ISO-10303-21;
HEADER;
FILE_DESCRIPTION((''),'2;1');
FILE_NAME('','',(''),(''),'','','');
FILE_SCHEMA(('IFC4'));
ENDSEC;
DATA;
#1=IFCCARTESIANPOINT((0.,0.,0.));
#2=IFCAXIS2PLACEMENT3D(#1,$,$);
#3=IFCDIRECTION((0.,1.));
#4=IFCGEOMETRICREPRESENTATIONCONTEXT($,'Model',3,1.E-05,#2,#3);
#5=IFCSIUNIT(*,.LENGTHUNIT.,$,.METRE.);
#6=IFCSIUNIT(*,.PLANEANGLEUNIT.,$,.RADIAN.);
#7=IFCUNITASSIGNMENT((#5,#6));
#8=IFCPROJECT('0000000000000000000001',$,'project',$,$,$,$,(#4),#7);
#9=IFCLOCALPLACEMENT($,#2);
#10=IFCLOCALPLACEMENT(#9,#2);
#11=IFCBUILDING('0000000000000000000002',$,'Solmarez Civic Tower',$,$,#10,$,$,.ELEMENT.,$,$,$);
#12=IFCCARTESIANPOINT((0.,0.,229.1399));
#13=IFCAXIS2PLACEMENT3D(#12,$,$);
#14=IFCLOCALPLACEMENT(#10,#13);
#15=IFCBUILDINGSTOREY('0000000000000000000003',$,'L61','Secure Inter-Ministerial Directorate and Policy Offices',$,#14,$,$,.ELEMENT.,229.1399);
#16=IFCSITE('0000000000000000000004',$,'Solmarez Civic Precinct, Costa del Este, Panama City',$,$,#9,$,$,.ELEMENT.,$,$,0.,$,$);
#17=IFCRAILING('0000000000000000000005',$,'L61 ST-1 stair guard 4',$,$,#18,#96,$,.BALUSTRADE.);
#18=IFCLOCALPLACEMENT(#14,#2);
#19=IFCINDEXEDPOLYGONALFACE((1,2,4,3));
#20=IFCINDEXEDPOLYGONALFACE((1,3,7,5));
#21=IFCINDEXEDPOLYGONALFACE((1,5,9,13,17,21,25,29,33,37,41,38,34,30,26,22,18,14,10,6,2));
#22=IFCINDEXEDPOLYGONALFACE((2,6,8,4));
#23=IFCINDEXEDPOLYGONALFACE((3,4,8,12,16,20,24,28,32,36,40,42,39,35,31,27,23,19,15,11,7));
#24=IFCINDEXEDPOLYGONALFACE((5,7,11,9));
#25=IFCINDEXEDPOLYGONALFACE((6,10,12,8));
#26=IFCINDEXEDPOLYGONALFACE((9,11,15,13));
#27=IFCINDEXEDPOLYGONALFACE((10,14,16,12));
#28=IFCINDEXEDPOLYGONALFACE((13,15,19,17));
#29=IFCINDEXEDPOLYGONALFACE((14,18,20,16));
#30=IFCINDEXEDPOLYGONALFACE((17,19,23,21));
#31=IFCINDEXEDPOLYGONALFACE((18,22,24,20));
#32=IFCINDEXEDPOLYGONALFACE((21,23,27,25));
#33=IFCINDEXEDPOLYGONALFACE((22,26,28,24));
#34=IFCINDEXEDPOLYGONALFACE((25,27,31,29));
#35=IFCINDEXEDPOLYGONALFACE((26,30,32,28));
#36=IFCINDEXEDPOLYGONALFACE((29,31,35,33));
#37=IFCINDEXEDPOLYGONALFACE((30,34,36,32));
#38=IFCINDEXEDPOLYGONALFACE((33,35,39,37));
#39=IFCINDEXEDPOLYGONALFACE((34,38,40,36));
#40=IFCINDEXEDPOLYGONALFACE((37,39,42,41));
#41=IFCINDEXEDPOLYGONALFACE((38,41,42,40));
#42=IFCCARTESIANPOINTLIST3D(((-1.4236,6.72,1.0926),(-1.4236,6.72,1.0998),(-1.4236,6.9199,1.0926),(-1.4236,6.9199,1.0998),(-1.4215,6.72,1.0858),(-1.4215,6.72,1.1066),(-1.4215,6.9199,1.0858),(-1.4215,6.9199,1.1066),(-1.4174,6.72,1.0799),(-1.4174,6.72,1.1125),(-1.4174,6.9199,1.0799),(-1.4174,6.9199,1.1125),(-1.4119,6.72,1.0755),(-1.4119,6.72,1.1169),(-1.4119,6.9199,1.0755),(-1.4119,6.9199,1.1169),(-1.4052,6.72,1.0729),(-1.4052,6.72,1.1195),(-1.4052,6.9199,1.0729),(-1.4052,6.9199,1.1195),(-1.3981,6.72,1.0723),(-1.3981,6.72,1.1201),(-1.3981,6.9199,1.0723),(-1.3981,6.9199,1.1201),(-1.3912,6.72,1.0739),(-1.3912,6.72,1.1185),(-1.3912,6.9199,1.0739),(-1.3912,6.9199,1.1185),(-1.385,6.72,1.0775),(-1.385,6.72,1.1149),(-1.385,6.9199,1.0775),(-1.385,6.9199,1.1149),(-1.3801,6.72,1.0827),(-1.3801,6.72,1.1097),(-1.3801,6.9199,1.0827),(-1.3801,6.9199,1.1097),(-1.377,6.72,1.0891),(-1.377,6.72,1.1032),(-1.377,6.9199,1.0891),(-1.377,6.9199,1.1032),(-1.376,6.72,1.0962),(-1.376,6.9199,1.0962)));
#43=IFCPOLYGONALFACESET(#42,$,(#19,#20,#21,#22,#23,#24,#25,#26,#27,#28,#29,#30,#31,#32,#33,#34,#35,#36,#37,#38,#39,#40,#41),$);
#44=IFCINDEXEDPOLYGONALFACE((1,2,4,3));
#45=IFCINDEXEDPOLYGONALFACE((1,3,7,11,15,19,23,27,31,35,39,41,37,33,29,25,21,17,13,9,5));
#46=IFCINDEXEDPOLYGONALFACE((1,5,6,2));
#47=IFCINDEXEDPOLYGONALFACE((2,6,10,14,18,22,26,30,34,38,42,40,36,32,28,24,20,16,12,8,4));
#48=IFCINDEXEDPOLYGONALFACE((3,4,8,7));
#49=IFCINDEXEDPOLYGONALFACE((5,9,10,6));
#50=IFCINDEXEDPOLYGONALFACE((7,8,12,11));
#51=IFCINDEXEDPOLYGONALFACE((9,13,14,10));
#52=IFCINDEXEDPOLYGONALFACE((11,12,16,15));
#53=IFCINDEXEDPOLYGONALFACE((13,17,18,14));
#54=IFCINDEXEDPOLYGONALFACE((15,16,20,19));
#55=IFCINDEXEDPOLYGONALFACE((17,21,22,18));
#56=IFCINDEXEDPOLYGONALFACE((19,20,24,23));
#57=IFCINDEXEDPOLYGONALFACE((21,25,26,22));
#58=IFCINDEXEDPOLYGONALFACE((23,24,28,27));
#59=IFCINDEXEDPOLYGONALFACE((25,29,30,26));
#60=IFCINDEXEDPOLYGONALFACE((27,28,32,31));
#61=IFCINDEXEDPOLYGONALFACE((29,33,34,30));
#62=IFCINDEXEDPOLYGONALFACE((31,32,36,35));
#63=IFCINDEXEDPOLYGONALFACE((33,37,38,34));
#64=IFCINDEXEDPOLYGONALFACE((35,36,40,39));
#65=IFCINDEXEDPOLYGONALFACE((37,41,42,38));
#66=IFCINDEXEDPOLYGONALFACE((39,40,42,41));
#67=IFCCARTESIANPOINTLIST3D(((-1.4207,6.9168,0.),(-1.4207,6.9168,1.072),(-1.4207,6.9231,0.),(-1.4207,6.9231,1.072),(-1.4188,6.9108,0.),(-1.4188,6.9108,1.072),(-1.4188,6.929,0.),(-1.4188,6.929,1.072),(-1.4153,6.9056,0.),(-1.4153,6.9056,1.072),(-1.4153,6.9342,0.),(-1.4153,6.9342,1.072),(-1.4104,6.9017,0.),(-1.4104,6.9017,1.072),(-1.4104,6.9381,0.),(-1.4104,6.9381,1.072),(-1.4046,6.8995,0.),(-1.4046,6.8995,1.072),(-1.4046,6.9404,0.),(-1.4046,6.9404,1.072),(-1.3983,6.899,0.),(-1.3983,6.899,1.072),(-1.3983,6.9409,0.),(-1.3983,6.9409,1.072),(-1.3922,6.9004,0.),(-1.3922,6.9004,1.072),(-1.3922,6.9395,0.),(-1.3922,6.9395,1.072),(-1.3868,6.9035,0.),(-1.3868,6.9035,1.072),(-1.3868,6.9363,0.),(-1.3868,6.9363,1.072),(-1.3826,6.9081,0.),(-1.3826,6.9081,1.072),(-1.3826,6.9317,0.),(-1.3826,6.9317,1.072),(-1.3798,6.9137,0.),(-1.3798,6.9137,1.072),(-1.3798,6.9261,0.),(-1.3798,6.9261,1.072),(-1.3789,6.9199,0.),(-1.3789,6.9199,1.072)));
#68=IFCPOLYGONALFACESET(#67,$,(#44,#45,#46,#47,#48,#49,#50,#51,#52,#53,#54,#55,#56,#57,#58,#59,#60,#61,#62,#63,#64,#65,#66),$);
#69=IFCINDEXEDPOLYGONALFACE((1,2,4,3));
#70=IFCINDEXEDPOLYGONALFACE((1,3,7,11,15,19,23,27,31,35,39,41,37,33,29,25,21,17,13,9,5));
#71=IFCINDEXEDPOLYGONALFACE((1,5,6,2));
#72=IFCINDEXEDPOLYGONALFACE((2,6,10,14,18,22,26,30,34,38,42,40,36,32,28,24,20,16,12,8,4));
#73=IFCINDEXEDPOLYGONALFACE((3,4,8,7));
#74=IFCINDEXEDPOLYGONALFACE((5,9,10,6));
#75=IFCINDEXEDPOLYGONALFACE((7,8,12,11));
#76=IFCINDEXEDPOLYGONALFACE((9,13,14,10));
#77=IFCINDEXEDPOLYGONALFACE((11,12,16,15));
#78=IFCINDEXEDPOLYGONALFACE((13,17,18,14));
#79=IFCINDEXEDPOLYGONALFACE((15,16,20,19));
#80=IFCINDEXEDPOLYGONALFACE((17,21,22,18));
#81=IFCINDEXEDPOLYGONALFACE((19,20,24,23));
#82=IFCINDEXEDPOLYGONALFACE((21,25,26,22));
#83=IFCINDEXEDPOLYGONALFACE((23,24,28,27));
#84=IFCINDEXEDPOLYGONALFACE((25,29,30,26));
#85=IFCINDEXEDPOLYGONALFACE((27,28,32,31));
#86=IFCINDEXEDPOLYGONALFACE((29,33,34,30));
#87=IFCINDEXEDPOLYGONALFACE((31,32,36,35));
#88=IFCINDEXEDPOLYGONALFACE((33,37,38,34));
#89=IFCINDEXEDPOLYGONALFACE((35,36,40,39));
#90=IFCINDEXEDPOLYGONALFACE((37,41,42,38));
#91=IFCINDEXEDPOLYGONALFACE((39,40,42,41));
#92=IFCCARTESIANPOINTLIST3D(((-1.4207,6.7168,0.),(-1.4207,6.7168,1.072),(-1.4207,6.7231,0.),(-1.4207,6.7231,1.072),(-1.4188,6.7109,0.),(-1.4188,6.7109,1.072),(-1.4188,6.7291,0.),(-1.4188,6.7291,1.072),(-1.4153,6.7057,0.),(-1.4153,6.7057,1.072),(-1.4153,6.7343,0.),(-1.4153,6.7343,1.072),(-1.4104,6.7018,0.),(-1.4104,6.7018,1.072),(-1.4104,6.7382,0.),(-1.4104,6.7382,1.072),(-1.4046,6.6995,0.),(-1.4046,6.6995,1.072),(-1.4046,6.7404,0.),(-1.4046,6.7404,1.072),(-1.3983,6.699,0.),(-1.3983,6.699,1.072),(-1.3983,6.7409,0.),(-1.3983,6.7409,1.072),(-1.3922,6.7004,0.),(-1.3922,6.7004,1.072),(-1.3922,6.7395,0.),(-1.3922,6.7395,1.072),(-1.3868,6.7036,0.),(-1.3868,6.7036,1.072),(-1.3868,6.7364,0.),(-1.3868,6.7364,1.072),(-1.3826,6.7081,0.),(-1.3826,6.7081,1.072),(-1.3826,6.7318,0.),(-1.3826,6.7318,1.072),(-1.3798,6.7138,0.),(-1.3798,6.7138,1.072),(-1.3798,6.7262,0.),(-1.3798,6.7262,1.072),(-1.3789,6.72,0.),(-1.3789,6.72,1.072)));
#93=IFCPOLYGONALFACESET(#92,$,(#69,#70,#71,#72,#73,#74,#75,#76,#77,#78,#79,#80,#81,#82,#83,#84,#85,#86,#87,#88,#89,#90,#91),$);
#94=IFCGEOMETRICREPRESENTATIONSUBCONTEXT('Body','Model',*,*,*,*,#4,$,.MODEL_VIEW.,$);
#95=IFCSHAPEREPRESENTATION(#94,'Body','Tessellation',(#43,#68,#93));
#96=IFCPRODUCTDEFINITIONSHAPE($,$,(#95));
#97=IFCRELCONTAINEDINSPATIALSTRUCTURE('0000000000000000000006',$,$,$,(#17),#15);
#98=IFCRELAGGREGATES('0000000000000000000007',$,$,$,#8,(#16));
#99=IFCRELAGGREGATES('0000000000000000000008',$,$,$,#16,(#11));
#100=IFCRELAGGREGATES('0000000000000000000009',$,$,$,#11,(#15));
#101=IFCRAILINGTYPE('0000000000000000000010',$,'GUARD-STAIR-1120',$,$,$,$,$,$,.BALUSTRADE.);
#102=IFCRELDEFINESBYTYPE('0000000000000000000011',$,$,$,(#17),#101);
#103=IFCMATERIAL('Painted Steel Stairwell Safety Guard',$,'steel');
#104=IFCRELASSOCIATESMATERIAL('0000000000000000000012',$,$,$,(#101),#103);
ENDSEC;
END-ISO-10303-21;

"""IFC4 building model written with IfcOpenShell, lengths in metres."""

from ifc_helpers import new_model, si_unit, direction, frame, origin, origin_2d, place, context, subcontext, project, spatial, circle, extrude, material, type_object, element, save


model = new_model("IFC4")

# Units and contexts
model_context = context("Model", 3, precision=1e-05, world=origin(), true_north=direction((0.0, 1.0)))
body_context = subcontext(model_context, "Body", "Model", "MODEL_VIEW")
ifc_project = project(units=[si_unit("LENGTHUNIT", "METRE"), si_unit("PLANEANGLEUNIT", "RADIAN")], contexts=[model_context])

# Site, building, storey
site_placement = place(None, origin())
site = spatial("IfcSite", under=ifc_project, at=site_placement, Name="Solmarez Civic Precinct, Costa del Este, Panama City", CompositionType="ELEMENT", RefElevation=0.0)
building_placement = place(site_placement, origin())
building = spatial("IfcBuilding", under=site, at=building_placement, Name="Solmarez Civic Tower", CompositionType="ELEMENT")
storey_placement = place(building_placement, frame((0.0, 0.0, 229.1399)))
storey = spatial("IfcBuildingStorey", under=building, at=storey_placement, Name="L61", Description="Secure Inter-Ministerial Directorate and Policy Offices", CompositionType="ELEMENT", Elevation=229.1399)

# Railing
ifc_material_1 = material(Name="Painted Steel Stairwell Safety Guard", Category="steel")
railing_type_1 = type_object("IfcRailingType", Name="GUARD-STAIR-1120", PredefinedType="BALUSTRADE", material=ifc_material_1)
railing_1_placement = place(storey_placement, frame((-1.3999, 6.9199, 0.0)))
element("IfcRailing", 1, at=railing_1_placement, inside=storey, type_object=railing_type_1, Name="L61 ST-1 stair guard 4", PredefinedType="BALUSTRADE", context=body_context, shape_type="SweptSolid", body=[
    extrude(circle(Radius=0.0239, at=origin_2d()), frame((0.0, 0.0, 1.0962), z_axis=(0.0, -1.0, 0.0), x_axis=(1.0, 0.0, 0.0)), (0.0, 0.0, 1.0), 0.2),
    extrude(circle(Radius=0.021, at=origin_2d()), origin(), (0.0, 0.0, 1.0), 1.072),
    extrude(circle(Radius=0.021, at=origin_2d()), frame((0.0, -0.2, 0.0)), (0.0, 0.0, 1.0), 1.072),
])

save(model, "model.ifc")
